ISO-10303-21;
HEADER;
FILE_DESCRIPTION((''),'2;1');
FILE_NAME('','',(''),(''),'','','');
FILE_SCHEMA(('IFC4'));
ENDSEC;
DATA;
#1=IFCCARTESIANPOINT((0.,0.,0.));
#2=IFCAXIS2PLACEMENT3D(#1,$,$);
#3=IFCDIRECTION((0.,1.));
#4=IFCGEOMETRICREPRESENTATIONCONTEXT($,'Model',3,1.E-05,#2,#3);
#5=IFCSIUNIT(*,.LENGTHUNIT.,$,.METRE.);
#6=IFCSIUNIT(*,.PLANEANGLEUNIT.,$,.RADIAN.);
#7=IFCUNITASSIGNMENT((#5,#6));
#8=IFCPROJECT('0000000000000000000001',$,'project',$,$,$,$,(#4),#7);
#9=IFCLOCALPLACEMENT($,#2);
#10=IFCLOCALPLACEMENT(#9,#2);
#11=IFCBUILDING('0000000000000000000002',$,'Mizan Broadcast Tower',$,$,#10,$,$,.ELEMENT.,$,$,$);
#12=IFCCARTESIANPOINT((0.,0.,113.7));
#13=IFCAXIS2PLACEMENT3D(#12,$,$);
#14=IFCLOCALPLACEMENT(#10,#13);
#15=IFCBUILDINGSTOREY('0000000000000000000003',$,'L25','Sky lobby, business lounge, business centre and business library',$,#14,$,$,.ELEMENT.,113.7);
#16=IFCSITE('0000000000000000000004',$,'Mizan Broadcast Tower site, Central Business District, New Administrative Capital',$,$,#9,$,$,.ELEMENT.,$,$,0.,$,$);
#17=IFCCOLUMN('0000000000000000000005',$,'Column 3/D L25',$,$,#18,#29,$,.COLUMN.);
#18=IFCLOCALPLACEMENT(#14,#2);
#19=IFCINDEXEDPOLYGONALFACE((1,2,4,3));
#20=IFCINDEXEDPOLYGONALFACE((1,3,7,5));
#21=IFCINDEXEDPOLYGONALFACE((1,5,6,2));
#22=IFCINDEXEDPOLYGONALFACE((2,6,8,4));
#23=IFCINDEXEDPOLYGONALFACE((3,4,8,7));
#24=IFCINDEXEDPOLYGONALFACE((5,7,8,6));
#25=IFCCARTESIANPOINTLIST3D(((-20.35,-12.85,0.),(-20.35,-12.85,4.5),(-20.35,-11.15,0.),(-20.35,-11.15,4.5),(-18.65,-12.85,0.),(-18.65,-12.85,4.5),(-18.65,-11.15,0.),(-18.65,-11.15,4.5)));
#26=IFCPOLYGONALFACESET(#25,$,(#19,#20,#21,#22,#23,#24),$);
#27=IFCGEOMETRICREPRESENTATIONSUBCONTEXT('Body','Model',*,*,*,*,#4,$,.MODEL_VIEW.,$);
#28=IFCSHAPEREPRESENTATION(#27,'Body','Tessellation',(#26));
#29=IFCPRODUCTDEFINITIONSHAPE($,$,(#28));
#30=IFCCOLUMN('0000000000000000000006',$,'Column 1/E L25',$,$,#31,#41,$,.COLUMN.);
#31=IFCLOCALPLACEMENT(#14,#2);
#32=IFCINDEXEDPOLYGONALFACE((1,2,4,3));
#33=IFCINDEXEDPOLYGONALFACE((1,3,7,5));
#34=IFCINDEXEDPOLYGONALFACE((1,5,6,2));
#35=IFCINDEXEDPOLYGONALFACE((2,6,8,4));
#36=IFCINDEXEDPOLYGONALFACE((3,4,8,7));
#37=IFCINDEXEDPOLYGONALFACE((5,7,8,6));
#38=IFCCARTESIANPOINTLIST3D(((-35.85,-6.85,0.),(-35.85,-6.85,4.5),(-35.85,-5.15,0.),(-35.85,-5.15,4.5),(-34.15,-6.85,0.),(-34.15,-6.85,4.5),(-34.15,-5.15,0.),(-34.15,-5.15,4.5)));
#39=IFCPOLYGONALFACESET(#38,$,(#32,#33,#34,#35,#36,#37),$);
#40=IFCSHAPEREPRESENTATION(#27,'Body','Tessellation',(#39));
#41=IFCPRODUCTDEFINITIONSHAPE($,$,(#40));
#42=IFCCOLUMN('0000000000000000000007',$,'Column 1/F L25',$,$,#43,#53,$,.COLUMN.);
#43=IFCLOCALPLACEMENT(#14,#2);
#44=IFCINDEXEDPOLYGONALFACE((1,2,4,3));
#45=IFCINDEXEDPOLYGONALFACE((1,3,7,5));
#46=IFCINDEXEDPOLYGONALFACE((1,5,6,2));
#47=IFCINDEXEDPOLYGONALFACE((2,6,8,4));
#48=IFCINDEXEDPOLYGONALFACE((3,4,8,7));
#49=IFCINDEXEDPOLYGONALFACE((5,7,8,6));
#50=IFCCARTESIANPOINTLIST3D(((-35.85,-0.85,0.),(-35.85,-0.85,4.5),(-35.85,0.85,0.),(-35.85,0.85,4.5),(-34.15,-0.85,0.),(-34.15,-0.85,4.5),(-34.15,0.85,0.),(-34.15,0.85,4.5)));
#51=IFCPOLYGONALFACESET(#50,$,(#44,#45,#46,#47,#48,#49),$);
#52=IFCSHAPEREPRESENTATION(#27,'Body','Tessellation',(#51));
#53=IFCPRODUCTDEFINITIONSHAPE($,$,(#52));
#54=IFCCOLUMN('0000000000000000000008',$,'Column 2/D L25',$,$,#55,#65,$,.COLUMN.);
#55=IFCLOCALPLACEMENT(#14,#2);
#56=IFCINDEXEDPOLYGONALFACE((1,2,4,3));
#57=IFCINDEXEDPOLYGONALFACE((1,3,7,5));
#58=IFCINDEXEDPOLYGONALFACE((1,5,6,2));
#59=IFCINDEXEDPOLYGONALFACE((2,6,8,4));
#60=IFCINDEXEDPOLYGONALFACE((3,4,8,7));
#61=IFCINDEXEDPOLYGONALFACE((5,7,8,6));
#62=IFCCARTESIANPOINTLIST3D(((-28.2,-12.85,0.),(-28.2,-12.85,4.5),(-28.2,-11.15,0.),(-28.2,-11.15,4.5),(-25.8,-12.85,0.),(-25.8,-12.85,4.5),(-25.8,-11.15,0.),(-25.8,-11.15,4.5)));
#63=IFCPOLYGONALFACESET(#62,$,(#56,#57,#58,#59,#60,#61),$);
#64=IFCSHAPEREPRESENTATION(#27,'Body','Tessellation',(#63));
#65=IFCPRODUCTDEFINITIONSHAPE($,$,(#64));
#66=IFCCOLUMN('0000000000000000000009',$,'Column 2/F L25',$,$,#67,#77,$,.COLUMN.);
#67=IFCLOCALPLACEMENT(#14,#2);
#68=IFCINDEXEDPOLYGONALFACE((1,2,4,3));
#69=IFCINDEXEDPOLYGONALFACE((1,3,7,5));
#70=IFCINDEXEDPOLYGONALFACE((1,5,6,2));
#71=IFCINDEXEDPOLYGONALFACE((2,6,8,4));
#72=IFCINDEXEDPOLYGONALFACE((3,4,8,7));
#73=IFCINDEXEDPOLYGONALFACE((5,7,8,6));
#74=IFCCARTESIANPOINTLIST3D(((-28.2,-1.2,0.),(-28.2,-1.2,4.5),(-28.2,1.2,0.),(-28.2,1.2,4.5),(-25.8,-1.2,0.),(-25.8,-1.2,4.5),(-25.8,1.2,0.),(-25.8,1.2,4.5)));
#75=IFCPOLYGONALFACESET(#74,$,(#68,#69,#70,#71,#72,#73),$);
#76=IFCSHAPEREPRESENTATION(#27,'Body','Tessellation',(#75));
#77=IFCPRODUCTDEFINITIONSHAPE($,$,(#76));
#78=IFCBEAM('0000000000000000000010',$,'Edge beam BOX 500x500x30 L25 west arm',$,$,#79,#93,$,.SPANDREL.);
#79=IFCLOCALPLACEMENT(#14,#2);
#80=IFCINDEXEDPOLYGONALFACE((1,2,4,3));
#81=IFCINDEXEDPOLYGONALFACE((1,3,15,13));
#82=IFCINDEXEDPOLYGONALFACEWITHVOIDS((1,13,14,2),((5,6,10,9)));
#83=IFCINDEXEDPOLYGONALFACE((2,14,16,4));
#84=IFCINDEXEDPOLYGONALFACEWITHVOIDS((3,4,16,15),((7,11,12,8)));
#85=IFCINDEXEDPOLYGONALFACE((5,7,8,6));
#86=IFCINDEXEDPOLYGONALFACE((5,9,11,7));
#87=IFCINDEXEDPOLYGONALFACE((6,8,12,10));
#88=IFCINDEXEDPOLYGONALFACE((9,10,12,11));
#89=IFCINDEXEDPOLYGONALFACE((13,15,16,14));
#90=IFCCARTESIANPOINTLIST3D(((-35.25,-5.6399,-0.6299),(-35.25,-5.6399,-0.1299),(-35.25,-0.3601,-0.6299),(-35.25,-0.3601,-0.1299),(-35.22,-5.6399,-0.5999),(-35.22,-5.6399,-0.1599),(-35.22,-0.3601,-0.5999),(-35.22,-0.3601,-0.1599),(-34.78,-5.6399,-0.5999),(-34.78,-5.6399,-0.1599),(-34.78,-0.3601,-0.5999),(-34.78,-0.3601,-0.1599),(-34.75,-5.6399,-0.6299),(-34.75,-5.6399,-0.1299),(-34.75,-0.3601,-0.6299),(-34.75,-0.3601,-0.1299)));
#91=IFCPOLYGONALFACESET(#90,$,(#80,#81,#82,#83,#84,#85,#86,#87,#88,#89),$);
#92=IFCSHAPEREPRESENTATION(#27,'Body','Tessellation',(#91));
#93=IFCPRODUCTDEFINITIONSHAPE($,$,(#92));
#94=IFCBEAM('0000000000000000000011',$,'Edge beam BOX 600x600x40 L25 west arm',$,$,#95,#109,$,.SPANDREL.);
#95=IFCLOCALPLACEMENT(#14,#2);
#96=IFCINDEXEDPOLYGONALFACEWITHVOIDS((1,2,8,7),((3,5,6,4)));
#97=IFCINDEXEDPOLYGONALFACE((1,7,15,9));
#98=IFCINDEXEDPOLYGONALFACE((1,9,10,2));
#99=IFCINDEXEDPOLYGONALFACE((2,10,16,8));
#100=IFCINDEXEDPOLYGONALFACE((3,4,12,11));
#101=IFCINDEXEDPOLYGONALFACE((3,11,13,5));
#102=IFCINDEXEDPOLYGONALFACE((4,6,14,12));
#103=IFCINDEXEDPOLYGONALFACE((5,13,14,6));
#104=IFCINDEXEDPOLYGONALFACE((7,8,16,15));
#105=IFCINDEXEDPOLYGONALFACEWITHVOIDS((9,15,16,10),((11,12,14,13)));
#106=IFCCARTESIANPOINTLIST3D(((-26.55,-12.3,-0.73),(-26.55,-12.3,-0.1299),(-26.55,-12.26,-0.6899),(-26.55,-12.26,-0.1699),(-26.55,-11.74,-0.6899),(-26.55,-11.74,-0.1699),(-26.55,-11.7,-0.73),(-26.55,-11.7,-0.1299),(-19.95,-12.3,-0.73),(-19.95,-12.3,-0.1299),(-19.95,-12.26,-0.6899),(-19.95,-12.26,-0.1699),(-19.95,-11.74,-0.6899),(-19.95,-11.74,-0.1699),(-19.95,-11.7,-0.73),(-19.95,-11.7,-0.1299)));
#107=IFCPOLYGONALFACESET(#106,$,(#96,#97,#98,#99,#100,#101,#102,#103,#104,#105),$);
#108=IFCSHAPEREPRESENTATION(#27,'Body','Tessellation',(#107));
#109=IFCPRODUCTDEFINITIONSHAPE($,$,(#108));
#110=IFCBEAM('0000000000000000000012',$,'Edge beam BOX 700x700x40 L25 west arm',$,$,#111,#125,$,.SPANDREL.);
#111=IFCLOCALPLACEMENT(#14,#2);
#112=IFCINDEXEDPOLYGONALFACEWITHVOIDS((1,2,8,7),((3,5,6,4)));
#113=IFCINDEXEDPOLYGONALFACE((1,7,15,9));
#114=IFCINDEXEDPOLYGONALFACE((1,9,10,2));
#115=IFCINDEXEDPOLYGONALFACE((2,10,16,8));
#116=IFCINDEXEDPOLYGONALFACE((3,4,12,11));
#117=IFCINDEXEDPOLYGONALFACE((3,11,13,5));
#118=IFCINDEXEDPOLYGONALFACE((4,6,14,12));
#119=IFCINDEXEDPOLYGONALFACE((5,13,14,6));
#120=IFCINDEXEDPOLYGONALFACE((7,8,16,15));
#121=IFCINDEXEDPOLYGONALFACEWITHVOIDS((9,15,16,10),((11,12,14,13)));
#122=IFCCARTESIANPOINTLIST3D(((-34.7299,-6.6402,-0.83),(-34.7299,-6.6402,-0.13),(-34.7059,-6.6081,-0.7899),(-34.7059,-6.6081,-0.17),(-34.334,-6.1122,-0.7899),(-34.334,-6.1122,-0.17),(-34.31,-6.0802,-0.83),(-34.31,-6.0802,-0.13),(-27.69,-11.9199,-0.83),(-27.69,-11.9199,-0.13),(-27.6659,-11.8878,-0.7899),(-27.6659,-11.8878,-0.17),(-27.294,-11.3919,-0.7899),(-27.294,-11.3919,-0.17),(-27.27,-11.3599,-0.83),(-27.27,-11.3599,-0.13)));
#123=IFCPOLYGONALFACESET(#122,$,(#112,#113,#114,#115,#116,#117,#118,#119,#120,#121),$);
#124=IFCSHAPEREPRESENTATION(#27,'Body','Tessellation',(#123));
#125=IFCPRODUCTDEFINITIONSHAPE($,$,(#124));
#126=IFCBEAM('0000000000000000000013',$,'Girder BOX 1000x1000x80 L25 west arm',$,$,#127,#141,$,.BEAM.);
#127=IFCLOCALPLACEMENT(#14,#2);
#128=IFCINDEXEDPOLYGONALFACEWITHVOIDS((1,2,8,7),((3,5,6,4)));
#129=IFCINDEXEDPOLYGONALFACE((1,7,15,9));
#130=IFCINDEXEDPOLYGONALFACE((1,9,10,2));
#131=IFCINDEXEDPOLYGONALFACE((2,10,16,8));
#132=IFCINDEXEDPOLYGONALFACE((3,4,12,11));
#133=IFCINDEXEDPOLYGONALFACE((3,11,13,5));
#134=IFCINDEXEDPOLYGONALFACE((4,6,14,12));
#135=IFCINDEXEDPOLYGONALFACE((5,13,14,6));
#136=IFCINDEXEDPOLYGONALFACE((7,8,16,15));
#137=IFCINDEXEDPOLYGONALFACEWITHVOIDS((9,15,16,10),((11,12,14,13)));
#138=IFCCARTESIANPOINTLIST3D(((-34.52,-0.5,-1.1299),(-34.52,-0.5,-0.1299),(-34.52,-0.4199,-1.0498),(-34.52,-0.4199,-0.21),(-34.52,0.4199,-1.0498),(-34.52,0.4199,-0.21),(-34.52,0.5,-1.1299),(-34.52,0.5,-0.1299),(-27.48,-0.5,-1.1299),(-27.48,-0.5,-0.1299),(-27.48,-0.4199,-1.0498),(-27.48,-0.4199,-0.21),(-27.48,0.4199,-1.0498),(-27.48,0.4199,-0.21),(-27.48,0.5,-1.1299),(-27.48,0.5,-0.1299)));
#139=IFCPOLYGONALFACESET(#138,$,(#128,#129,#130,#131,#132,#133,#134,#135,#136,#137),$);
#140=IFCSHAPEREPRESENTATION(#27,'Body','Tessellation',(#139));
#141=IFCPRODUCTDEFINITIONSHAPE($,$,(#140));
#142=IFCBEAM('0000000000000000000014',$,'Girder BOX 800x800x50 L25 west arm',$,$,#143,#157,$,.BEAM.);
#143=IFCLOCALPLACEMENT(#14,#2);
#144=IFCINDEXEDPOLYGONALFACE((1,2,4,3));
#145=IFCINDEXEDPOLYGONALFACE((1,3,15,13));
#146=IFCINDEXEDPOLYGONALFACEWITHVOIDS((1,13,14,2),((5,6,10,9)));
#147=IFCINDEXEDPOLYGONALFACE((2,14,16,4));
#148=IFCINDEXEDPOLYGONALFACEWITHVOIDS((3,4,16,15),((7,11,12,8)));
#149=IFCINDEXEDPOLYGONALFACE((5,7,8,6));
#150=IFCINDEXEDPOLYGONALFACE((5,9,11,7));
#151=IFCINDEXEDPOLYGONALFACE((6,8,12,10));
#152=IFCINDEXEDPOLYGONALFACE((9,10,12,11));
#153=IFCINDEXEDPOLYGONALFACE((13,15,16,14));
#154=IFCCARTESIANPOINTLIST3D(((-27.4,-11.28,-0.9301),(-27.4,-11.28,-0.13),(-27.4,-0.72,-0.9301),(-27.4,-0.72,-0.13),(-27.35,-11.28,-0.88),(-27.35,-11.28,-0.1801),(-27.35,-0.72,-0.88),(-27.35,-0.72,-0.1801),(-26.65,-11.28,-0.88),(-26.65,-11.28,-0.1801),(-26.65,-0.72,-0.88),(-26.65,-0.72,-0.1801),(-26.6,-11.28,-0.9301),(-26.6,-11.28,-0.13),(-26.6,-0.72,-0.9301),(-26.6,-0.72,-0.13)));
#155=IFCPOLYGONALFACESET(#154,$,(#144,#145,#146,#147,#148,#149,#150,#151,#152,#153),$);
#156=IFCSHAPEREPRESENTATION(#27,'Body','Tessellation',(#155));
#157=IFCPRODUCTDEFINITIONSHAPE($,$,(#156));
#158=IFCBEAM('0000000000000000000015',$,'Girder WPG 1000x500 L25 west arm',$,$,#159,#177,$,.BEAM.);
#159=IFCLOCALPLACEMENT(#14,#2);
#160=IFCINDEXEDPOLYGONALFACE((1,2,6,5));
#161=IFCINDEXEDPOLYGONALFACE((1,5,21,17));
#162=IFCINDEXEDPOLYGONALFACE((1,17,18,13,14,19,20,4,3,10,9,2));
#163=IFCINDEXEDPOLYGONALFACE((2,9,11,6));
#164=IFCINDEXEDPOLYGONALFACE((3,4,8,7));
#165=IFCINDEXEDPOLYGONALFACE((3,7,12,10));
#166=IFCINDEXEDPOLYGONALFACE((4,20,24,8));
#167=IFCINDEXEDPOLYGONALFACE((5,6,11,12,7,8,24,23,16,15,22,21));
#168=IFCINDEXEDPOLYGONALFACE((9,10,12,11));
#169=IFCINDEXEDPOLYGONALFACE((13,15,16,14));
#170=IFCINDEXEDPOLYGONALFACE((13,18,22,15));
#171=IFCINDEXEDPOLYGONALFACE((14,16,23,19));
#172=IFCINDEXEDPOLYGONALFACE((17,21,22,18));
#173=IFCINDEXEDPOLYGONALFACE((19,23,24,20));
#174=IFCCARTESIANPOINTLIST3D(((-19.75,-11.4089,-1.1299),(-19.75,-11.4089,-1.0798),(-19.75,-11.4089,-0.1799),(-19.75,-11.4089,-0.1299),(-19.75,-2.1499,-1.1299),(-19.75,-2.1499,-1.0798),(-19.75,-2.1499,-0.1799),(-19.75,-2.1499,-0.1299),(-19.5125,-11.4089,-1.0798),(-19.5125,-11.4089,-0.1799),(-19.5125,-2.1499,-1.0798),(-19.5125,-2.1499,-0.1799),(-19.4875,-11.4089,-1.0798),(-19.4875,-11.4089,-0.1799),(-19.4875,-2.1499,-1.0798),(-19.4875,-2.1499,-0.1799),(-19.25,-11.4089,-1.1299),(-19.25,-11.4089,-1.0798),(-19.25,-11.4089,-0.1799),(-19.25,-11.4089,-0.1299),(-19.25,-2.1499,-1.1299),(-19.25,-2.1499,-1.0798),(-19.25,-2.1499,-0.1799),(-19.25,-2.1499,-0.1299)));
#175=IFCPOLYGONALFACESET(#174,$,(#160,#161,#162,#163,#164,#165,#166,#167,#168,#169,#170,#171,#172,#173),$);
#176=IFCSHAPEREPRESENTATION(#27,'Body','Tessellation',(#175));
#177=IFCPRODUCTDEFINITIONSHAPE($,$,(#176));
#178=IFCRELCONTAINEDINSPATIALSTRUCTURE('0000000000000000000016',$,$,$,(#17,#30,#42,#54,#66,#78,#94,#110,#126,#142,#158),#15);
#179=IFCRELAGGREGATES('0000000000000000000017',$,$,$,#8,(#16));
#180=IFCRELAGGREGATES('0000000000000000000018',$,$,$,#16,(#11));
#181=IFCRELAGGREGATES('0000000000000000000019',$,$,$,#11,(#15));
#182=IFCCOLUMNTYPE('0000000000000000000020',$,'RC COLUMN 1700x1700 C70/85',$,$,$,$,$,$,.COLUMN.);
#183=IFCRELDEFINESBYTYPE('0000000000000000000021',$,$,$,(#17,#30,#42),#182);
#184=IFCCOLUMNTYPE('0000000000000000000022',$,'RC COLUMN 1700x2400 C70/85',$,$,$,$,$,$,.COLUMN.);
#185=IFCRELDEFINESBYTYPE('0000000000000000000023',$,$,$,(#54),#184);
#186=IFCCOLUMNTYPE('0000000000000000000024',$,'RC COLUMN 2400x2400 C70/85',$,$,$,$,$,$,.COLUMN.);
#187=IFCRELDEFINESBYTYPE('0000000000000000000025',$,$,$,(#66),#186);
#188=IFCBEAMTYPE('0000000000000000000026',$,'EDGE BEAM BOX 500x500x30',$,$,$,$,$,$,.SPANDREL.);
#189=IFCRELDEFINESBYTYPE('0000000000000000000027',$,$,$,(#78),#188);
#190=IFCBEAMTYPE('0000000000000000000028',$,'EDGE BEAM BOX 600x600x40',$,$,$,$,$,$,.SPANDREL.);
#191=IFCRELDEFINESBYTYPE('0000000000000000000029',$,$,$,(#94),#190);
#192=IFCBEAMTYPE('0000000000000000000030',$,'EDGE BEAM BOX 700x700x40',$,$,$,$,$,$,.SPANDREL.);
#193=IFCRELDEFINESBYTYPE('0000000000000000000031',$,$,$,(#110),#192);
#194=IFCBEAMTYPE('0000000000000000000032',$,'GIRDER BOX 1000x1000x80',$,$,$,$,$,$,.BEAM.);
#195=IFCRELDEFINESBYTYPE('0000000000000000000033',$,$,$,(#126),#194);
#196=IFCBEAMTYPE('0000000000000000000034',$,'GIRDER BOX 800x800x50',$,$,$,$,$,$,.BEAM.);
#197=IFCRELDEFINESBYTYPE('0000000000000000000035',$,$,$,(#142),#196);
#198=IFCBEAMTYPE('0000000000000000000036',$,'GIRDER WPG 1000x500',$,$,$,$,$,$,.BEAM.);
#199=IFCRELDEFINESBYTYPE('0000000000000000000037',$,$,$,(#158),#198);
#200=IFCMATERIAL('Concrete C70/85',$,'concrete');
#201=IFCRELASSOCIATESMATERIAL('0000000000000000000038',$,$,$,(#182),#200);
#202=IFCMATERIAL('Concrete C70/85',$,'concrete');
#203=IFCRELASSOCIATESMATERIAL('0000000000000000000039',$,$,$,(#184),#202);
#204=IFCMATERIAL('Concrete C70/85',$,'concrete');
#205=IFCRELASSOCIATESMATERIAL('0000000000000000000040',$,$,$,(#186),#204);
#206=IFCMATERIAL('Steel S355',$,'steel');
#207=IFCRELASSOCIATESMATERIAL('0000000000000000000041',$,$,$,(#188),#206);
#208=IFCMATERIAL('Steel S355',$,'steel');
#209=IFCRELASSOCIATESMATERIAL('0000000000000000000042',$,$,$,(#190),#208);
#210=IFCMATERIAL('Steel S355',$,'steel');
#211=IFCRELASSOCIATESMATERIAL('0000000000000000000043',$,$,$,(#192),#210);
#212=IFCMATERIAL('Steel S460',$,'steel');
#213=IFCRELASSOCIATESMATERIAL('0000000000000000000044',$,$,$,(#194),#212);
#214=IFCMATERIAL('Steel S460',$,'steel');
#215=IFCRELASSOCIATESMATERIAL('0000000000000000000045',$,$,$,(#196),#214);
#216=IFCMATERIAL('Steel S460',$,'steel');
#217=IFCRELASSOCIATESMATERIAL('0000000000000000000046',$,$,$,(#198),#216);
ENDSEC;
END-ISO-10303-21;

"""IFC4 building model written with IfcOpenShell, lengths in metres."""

from ifc_helpers import new_model, si_unit, direction, frame, origin, origin_2d, place, context, subcontext, project, spatial, rectangle, hollow_rectangle, i_section, extrude, material, material_profile, profile_set, type_object, element, save


model = new_model("IFC4")

# Units and contexts
model_context = context("Model", 3, precision=1e-05, world=origin(), true_north=direction((0.0, 1.0)))
body_context = subcontext(model_context, "Body", "Model", "MODEL_VIEW")
ifc_project = project(units=[si_unit("LENGTHUNIT", "METRE"), si_unit("PLANEANGLEUNIT", "RADIAN")], contexts=[model_context])

# Site, building, storey
site_placement = place(None, origin())
site = spatial("IfcSite", under=ifc_project, at=site_placement, Name="Mizan Broadcast Tower site, Central Business District, New Administrative Capital", CompositionType="ELEMENT", RefElevation=0.0)
building_placement = place(site_placement, origin())
building = spatial("IfcBuilding", under=site, at=building_placement, Name="Mizan Broadcast Tower", CompositionType="ELEMENT")
storey_placement = place(building_placement, frame((0.0, 0.0, 113.7)))
storey = spatial("IfcBuildingStorey", under=building, at=storey_placement, Name="L25", Description="Sky lobby, business lounge, business centre and business library", CompositionType="ELEMENT", Elevation=113.7)

# Columns
ifc_material_1 = material(Name="Concrete C70/85", Category="concrete")
ifc_material_profile_1 = material_profile(ifc_material_1, rectangle(XDim=1.7, YDim=1.7, at=origin_2d()), Name="RC 1700x1700")
ifc_profile_set_1 = profile_set([ifc_material_profile_1], Name="Concrete C70/85")
column_type_1 = type_object("IfcColumnType", Name="RC COLUMN 1700x1700 C70/85", PredefinedType="COLUMN", material=ifc_profile_set_1)
for number, where, z_axis, x_axis, name in (
    (1, (-19.5, -12.0, 0.0), (0.0, 0.0, 1.0), (1.0, 0.0, 0.0), "Column 3/D L25"),
    (2, (-35.0, -6.0, 0.0), (0.0, 0.0, 1.0), (1.0, 0.0, 0.0), "Column 1/E L25"),
    (3, (-35.0, 0.0, 0.0), (0.0, 0.0, 1.0), (1.0, 0.0, 0.0), "Column 1/F L25"),
):
    element("IfcColumn", number, at=place(storey_placement, frame(where, z_axis=z_axis, x_axis=x_axis)), inside=storey, type_object=column_type_1, Name=name, PredefinedType="COLUMN", context=body_context, shape_type="SweptSolid", body=[
        extrude(rectangle(XDim=1.7, YDim=1.7, at=origin_2d()), origin(), (0.0, 0.0, 1.0), 4.5),
    ])
ifc_material_2 = material(Name="Concrete C70/85", Category="concrete")
ifc_material_profile_2 = material_profile(ifc_material_2, rectangle(XDim=1.7, YDim=2.3999, at=origin_2d()), Name="RC 1700x2400")
ifc_profile_set_2 = profile_set([ifc_material_profile_2], Name="Concrete C70/85")
column_type_2 = type_object("IfcColumnType", Name="RC COLUMN 1700x2400 C70/85", PredefinedType="COLUMN", material=ifc_profile_set_2)
column_1_placement = place(storey_placement, frame((-27.0, -12.0, 0.0), z_axis=(0.0, 0.0, 1.0), x_axis=(0.0, 1.0, 0.0)))
element("IfcColumn", 4, at=column_1_placement, inside=storey, type_object=column_type_2, Name="Column 2/D L25", PredefinedType="COLUMN", context=body_context, shape_type="SweptSolid", body=[
    extrude(rectangle(XDim=1.7, YDim=2.3999, at=origin_2d()), origin(), (0.0, 0.0, 1.0), 4.5),
])
ifc_material_3 = material(Name="Concrete C70/85", Category="concrete")
ifc_material_profile_3 = material_profile(ifc_material_3, rectangle(XDim=2.3999, YDim=2.3999, at=origin_2d()), Name="RC 2400x2400")
ifc_profile_set_3 = profile_set([ifc_material_profile_3], Name="Concrete C70/85")
column_type_3 = type_object("IfcColumnType", Name="RC COLUMN 2400x2400 C70/85", PredefinedType="COLUMN", material=ifc_profile_set_3)
column_2_placement = place(storey_placement, frame((-27.0, 0.0, 0.0), z_axis=(0.0, 0.0, 1.0), x_axis=(1.0, 0.0, 0.0)))
element("IfcColumn", 5, at=column_2_placement, inside=storey, type_object=column_type_3, Name="Column 2/F L25", PredefinedType="COLUMN", context=body_context, shape_type="SweptSolid", body=[
    extrude(rectangle(XDim=2.3999, YDim=2.3999, at=origin_2d()), origin(), (0.0, 0.0, 1.0), 4.5),
])

# Beams
ifc_material_4 = material(Name="Steel S355", Category="steel")
ifc_material_profile_4 = material_profile(ifc_material_4, hollow_rectangle(XDim=0.5, YDim=0.5, WallThickness=0.03, at=origin_2d()), Name="BOX 500x500x30")
ifc_profile_set_4 = profile_set([ifc_material_profile_4], Name="Steel S355")
beam_type_1 = type_object("IfcBeamType", Name="EDGE BEAM BOX 500x500x30", PredefinedType="SPANDREL", material=ifc_profile_set_4)
beam_1_placement = place(storey_placement, frame((-35.0, -5.6399, -0.3799), z_axis=(0.0, 1.0, 0.0), x_axis=(-1.0, 0.0, 0.0)))
element("IfcBeam", 6, at=beam_1_placement, inside=storey, type_object=beam_type_1, Name="Edge beam BOX 500x500x30 L25 west arm", PredefinedType="SPANDREL", context=body_context, shape_type="SweptSolid", body=[
    extrude(hollow_rectangle(XDim=0.5, YDim=0.5, WallThickness=0.03, at=origin_2d()), origin(), (0.0, 0.0, 1.0), 5.2798),
])
ifc_material_5 = material(Name="Steel S355", Category="steel")
ifc_material_profile_5 = material_profile(ifc_material_5, hollow_rectangle(XDim=0.6001, YDim=0.6001, WallThickness=0.04, at=origin_2d()), Name="BOX 600x600x40")
ifc_profile_set_5 = profile_set([ifc_material_profile_5], Name="Steel S355")
beam_type_2 = type_object("IfcBeamType", Name="EDGE BEAM BOX 600x600x40", PredefinedType="SPANDREL", material=ifc_profile_set_5)
beam_2_placement = place(storey_placement, frame((-19.95, -12.0, -0.4299), z_axis=(-1.0, 0.0, 0.0), x_axis=(0.0, -1.0, 0.0)))
element("IfcBeam", 7, at=beam_2_placement, inside=storey, type_object=beam_type_2, Name="Edge beam BOX 600x600x40 L25 west arm", PredefinedType="SPANDREL", context=body_context, shape_type="SweptSolid", body=[
    extrude(hollow_rectangle(XDim=0.6001, YDim=0.6001, WallThickness=0.04, at=origin_2d()), origin(), (0.0, 0.0, 1.0), 6.6001),
])
ifc_material_6 = material(Name="Steel S355", Category="steel")
ifc_material_profile_6 = material_profile(ifc_material_6, hollow_rectangle(XDim=0.7, YDim=0.7, WallThickness=0.04, at=origin_2d()), Name="BOX 700x700x40")
ifc_profile_set_6 = profile_set([ifc_material_profile_6], Name="Steel S355")
beam_type_3 = type_object("IfcBeamType", Name="EDGE BEAM BOX 700x700x40", PredefinedType="SPANDREL", material=ifc_profile_set_6)
beam_3_placement = place(storey_placement, frame((-27.48, -11.6399, -0.48), z_axis=(-0.800013, 0.599982, 0.0), x_axis=(-0.599982, -0.800013, 0.0)))
element("IfcBeam", 8, at=beam_3_placement, inside=storey, type_object=beam_type_3, Name="Edge beam BOX 700x700x40 L25 west arm", PredefinedType="SPANDREL", context=body_context, shape_type="SweptSolid", body=[
    extrude(hollow_rectangle(XDim=0.7, YDim=0.7, WallThickness=0.04, at=origin_2d()), origin(), (0.0, 0.0, 1.0), 8.7998),
])
ifc_material_7 = material(Name="Steel S460", Category="steel")
ifc_material_profile_7 = material_profile(ifc_material_7, hollow_rectangle(XDim=1.0, YDim=1.0, WallThickness=0.0801, at=origin_2d()), Name="BOX 1000x1000x80")
ifc_profile_set_7 = profile_set([ifc_material_profile_7], Name="Steel S460")
beam_type_4 = type_object("IfcBeamType", Name="GIRDER BOX 1000x1000x80", PredefinedType="BEAM", material=ifc_profile_set_7)
beam_4_placement = place(storey_placement, frame((-27.48, 0.0, -0.6299), z_axis=(-1.0, 0.0, 0.0), x_axis=(0.0, -1.0, 0.0)))
element("IfcBeam", 9, at=beam_4_placement, inside=storey, type_object=beam_type_4, Name="Girder BOX 1000x1000x80 L25 west arm", PredefinedType="BEAM", context=body_context, shape_type="SweptSolid", body=[
    extrude(hollow_rectangle(XDim=1.0, YDim=1.0, WallThickness=0.0801, at=origin_2d()), origin(), (0.0, 0.0, 1.0), 7.04),
])
ifc_material_8 = material(Name="Steel S460", Category="steel")
ifc_material_profile_8 = material_profile(ifc_material_8, hollow_rectangle(XDim=0.8, YDim=0.8, WallThickness=0.05, at=origin_2d()), Name="BOX 800x800x50")
ifc_profile_set_8 = profile_set([ifc_material_profile_8], Name="Steel S460")
beam_type_5 = type_object("IfcBeamType", Name="GIRDER BOX 800x800x50", PredefinedType="BEAM", material=ifc_profile_set_8)
beam_5_placement = place(storey_placement, frame((-27.0, -11.28, -0.53), z_axis=(0.0, 1.0, 0.0), x_axis=(-1.0, 0.0, 0.0)))
element("IfcBeam", 10, at=beam_5_placement, inside=storey, type_object=beam_type_5, Name="Girder BOX 800x800x50 L25 west arm", PredefinedType="BEAM", context=body_context, shape_type="SweptSolid", body=[
    extrude(hollow_rectangle(XDim=0.8, YDim=0.8, WallThickness=0.05, at=origin_2d()), origin(), (0.0, 0.0, 1.0), 10.5601),
])
ifc_material_9 = material(Name="Steel S460", Category="steel")
ifc_material_profile_9 = material_profile(ifc_material_9, i_section(OverallWidth=0.5, OverallDepth=1.0, WebThickness=0.0249, FlangeThickness=0.05, at=origin_2d()), Name="WPG 1000x500")
ifc_profile_set_9 = profile_set([ifc_material_profile_9], Name="Steel S460")
beam_type_6 = type_object("IfcBeamType", Name="GIRDER WPG 1000x500", PredefinedType="BEAM", material=ifc_profile_set_9)
beam_6_placement = place(storey_placement, frame((-19.5, -11.4089, -0.6299), z_axis=(0.0, 1.0, 0.0), x_axis=(-1.0, 0.0, 0.0)))
element("IfcBeam", 11, at=beam_6_placement, inside=storey, type_object=beam_type_6, Name="Girder WPG 1000x500 L25 west arm", PredefinedType="BEAM", context=body_context, shape_type="SweptSolid", body=[
    extrude(i_section(OverallWidth=0.5, OverallDepth=1.0, WebThickness=0.0249, FlangeThickness=0.05, at=origin_2d()), origin(), (0.0, 0.0, 1.0), 9.259),
])

save(model, "model.ifc")
